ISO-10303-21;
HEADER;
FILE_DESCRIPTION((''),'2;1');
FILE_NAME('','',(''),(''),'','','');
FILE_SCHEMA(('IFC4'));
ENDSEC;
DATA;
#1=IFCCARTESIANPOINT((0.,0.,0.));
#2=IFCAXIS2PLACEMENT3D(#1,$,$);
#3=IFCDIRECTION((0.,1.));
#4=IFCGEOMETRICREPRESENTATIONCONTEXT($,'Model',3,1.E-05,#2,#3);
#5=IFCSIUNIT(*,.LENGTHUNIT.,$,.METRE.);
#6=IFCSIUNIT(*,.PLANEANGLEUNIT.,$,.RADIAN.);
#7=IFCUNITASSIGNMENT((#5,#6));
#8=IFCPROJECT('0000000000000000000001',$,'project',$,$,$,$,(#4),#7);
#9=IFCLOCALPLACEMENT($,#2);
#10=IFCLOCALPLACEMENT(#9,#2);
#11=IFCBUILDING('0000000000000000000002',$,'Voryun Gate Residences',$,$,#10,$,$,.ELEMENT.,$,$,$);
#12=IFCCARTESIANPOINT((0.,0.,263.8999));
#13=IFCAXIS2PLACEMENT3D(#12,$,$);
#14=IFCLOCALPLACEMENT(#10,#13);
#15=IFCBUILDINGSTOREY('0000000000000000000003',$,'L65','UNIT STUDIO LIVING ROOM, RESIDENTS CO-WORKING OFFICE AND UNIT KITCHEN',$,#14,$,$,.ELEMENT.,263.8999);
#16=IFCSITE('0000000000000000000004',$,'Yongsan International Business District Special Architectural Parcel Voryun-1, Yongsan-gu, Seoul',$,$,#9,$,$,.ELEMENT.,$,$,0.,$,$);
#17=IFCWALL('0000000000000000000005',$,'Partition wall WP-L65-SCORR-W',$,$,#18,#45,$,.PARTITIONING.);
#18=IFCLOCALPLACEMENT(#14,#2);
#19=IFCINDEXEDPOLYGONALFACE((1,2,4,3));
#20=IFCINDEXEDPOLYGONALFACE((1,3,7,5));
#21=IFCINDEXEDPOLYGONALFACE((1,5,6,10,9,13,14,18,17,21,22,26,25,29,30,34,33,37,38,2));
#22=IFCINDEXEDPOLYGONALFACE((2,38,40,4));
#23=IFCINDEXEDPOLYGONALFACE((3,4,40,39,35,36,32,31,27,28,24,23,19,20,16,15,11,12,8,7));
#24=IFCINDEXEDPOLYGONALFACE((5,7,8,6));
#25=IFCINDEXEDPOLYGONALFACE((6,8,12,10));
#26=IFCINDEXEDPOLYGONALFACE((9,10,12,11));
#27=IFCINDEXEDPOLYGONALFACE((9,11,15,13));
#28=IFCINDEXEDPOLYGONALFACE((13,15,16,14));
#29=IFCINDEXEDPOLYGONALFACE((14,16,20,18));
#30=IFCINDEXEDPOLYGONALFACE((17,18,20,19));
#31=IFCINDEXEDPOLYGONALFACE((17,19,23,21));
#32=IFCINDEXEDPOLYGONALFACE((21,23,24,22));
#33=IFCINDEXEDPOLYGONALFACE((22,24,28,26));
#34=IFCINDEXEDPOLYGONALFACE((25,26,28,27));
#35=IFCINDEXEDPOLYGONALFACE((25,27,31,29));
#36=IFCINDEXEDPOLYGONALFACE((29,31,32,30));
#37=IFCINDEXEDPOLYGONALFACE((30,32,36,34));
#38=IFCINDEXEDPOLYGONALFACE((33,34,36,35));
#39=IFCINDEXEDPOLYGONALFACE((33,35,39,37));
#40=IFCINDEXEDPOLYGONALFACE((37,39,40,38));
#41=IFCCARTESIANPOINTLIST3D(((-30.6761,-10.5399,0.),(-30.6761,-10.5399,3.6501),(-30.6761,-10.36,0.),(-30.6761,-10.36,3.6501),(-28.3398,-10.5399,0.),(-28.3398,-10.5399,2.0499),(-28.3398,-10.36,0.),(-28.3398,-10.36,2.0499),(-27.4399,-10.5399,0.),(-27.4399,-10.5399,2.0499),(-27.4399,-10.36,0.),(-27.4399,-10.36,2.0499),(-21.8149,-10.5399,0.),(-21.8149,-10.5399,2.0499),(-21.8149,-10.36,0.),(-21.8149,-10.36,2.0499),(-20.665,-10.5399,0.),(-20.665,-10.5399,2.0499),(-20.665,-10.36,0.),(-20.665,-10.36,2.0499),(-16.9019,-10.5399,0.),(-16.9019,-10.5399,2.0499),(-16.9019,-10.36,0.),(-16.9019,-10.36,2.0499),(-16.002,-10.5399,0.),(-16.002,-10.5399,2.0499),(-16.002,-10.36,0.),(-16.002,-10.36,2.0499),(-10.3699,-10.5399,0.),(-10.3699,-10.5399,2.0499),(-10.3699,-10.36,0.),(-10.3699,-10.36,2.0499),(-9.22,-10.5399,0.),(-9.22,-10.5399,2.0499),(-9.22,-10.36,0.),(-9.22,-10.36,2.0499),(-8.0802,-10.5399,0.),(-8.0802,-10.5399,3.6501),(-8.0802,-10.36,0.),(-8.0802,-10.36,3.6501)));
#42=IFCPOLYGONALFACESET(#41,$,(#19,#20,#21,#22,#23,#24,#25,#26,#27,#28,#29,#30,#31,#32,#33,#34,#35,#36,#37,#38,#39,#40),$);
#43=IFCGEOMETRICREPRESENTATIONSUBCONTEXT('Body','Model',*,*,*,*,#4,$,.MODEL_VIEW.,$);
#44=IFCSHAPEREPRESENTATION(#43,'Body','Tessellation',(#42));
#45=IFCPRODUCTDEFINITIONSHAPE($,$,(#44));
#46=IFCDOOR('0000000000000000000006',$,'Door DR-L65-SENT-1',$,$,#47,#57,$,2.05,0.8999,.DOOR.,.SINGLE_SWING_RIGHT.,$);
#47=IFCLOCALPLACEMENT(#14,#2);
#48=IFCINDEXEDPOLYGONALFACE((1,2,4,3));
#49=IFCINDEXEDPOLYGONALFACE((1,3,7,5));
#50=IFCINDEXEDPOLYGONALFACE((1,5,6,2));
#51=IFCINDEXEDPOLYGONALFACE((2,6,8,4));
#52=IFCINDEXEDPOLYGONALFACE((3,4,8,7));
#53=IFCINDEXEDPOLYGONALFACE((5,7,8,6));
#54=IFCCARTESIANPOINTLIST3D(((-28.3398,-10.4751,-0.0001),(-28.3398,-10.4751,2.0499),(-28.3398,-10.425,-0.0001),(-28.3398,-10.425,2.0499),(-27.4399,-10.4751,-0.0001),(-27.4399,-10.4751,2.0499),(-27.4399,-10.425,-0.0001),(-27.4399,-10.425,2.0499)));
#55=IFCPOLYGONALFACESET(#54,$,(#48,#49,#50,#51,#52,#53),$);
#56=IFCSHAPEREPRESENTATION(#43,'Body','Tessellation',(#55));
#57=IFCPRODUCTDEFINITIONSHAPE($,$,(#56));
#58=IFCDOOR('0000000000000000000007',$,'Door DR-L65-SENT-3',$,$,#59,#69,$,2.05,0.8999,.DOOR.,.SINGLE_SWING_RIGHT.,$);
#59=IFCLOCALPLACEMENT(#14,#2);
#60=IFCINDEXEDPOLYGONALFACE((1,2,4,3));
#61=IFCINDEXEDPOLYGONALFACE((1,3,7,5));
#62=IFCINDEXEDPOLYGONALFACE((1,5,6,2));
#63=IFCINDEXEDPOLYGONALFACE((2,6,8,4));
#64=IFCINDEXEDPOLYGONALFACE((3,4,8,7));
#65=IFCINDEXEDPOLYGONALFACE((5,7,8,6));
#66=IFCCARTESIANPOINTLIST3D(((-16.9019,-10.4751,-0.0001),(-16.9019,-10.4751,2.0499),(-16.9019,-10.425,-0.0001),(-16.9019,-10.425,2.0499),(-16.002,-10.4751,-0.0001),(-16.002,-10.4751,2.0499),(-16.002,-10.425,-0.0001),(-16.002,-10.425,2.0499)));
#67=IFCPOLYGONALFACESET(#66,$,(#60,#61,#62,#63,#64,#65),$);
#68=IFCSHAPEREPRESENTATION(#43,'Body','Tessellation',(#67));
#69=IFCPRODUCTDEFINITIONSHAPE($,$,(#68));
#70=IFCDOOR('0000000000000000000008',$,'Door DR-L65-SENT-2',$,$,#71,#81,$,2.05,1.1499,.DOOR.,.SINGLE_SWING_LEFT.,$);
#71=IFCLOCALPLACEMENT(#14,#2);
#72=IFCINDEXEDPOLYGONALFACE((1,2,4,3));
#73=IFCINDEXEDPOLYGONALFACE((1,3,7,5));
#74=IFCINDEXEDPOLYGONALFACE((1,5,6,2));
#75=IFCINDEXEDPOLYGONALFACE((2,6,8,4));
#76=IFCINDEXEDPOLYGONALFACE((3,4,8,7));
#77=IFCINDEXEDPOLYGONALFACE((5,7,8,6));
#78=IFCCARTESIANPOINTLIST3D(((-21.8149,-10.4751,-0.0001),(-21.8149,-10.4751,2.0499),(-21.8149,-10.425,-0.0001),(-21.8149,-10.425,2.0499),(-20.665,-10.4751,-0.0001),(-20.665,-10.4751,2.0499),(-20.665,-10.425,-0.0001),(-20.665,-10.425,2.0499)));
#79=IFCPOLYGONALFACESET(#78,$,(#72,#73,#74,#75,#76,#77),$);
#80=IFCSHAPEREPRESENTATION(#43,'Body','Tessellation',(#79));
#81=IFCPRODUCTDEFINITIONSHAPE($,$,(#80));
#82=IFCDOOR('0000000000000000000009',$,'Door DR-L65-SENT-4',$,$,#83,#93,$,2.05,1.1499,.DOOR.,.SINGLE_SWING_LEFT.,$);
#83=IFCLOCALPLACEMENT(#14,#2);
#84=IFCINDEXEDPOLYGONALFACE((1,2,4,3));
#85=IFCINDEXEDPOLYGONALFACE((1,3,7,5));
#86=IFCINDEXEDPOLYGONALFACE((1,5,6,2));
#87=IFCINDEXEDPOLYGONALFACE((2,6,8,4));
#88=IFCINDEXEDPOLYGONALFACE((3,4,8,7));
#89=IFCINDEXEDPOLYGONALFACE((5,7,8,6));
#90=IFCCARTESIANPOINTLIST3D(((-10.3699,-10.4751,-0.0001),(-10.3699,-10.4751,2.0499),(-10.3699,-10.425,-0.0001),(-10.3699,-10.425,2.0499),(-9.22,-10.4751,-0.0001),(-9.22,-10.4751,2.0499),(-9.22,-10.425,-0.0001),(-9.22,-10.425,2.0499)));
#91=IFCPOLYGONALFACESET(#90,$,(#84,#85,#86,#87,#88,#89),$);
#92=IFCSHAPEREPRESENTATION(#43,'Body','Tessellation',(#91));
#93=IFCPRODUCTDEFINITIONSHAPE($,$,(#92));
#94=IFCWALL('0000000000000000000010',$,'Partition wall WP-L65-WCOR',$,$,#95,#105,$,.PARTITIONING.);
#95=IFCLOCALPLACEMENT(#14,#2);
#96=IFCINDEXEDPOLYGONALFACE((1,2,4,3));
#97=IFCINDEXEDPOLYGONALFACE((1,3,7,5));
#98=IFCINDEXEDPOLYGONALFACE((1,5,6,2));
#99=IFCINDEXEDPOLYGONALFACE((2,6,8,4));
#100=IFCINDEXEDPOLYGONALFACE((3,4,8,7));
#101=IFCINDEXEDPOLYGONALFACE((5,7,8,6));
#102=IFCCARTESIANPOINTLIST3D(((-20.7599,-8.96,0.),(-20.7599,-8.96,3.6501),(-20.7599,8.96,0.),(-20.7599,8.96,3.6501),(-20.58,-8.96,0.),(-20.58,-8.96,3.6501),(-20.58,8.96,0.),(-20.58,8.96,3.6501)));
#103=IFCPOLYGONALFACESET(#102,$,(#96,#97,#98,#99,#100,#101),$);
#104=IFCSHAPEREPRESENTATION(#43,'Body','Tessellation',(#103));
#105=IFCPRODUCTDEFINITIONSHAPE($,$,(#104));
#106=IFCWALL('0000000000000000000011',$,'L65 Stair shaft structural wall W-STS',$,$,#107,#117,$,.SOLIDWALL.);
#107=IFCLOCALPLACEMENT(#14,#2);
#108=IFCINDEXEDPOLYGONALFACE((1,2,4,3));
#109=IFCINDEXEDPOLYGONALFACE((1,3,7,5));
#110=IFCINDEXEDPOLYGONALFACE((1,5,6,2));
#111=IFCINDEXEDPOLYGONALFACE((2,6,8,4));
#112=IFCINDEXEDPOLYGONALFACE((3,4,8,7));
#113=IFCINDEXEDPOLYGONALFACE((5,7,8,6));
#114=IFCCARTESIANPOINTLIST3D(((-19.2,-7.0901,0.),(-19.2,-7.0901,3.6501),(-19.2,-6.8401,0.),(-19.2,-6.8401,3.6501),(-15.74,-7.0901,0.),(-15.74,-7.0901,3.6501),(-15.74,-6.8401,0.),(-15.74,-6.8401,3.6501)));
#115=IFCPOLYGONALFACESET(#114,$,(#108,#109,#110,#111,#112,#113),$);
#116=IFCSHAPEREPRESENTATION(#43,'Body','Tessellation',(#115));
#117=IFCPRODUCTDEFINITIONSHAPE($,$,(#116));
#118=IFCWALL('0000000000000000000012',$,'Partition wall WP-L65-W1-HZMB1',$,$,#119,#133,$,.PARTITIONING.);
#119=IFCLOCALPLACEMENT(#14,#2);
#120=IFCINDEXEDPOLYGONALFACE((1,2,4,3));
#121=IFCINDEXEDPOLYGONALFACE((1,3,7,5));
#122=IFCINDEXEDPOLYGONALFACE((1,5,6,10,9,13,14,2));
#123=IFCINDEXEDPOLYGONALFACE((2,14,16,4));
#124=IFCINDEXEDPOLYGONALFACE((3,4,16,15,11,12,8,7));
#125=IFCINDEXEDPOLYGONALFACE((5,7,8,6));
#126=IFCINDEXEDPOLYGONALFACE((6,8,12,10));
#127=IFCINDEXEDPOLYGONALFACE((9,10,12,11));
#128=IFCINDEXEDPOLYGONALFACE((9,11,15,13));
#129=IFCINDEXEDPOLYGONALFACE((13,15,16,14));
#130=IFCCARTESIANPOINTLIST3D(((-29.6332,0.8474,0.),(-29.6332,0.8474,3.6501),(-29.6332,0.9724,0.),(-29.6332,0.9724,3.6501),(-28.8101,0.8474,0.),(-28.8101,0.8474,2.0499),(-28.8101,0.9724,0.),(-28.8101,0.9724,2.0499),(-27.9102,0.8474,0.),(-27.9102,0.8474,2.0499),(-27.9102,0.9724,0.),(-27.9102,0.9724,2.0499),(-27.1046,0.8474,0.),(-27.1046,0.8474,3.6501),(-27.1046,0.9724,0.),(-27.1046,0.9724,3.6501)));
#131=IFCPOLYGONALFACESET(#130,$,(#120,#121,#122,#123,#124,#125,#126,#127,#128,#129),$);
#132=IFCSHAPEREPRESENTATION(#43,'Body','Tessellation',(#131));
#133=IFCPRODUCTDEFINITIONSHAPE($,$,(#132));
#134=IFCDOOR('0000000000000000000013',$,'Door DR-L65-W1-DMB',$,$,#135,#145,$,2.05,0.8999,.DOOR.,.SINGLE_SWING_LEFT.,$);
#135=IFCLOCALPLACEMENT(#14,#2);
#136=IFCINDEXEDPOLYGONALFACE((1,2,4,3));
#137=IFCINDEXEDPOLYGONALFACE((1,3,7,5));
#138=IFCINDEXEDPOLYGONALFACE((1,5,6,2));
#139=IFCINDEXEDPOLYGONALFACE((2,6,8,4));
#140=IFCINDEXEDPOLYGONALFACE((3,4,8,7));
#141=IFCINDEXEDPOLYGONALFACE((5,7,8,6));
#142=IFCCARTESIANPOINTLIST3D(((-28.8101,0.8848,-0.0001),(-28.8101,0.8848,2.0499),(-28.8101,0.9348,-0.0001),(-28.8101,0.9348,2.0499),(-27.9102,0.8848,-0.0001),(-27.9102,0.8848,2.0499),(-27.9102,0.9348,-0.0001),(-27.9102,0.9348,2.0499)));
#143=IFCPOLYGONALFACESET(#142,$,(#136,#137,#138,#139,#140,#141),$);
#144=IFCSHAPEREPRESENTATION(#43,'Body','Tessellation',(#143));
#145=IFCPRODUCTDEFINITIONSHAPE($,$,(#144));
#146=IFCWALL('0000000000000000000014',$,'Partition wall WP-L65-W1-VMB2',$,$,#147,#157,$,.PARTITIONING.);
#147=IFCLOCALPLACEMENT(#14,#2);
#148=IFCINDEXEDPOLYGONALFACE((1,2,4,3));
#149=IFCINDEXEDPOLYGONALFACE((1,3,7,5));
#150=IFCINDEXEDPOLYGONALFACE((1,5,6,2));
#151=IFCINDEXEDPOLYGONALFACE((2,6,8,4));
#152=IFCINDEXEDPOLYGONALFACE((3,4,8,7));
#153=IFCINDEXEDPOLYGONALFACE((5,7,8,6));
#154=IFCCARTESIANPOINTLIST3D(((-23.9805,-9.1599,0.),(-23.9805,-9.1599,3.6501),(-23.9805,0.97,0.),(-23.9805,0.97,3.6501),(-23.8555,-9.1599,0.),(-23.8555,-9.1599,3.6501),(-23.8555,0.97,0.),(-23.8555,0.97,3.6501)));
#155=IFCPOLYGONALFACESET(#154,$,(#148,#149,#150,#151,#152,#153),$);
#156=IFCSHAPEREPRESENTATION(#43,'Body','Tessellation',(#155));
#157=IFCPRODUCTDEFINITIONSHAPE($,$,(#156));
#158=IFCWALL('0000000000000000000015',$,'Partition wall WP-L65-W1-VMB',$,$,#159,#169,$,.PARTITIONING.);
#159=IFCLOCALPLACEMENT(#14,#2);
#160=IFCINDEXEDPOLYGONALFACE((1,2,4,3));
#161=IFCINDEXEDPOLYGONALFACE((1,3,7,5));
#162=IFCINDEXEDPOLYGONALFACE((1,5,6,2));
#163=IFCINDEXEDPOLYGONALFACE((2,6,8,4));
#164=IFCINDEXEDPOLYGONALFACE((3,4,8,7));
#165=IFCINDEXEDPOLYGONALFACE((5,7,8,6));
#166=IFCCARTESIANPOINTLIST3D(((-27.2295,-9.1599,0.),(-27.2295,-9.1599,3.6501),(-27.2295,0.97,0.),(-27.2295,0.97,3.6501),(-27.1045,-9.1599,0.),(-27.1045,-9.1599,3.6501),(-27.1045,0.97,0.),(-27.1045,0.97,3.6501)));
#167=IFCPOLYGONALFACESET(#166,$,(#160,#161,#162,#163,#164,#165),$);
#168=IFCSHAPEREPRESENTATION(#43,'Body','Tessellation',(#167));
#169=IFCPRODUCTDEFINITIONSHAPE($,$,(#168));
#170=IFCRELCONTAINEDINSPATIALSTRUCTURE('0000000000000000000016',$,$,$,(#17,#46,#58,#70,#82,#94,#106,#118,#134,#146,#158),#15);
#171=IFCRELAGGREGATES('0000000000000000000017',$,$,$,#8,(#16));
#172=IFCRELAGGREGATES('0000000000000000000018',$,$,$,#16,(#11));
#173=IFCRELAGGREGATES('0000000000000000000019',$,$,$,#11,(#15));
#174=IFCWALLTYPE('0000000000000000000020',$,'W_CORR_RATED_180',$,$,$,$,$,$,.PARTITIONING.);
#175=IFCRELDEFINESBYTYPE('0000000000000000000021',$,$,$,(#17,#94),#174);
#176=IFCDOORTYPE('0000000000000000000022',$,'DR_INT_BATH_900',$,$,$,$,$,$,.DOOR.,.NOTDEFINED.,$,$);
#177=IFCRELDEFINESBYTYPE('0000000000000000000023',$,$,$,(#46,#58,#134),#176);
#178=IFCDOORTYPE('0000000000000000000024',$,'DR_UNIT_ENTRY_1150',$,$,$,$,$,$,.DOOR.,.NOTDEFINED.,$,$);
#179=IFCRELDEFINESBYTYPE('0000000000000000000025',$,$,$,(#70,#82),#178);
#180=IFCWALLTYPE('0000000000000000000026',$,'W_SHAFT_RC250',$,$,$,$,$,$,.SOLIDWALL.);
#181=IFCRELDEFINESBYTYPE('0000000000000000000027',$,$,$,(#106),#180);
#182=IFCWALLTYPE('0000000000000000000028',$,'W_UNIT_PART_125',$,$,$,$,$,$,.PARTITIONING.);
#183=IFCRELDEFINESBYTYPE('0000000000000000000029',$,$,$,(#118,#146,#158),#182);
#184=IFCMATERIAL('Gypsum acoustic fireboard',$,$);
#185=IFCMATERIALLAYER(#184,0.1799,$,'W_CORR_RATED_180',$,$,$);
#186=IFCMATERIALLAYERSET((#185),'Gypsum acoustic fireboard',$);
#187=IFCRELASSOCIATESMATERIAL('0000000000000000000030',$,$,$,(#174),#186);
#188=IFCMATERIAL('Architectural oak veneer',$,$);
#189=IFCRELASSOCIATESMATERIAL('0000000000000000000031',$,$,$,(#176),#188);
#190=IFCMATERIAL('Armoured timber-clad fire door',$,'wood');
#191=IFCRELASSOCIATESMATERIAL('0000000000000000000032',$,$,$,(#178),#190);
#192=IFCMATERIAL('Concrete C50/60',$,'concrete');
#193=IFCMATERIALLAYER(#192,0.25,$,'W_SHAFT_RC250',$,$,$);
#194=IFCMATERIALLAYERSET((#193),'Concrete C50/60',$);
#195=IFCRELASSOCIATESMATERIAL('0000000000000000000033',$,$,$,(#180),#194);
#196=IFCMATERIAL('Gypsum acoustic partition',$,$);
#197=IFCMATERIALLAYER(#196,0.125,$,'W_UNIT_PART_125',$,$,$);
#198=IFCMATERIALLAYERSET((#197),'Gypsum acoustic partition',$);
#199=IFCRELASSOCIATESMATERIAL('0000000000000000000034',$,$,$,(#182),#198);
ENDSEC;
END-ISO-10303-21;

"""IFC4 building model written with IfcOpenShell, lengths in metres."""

from ifc_helpers import new_model, si_unit, direction, frame, frame_2d, origin, place, context, subcontext, project, spatial, rectangle, extrude, material, layer, layer_set, type_object, element, fill, save


model = new_model("IFC4")

# Units and contexts
model_context = context("Model", 3, precision=1e-05, world=origin(), true_north=direction((0.0, 1.0)))
body_context = subcontext(model_context, "Body", "Model", "MODEL_VIEW")
ifc_project = project(units=[si_unit("LENGTHUNIT", "METRE"), si_unit("PLANEANGLEUNIT", "RADIAN")], contexts=[model_context])

# Site, building, storey
site_placement = place(None, origin())
site = spatial("IfcSite", under=ifc_project, at=site_placement, Name="Yongsan International Business District Special Architectural Parcel Voryun-1, Yongsan-gu, Seoul", CompositionType="ELEMENT", RefElevation=0.0)
building_placement = place(site_placement, origin())
building = spatial("IfcBuilding", under=site, at=building_placement, Name="Voryun Gate Residences", CompositionType="ELEMENT")
storey_placement = place(building_placement, frame((0.0, 0.0, 263.8999)))
storey = spatial("IfcBuildingStorey", under=building, at=storey_placement, Name="L65", Description="UNIT STUDIO LIVING ROOM, RESIDENTS CO-WORKING OFFICE AND UNIT KITCHEN", CompositionType="ELEMENT", Elevation=263.8999)

# Shared definitions
ifc_material_1 = material(Name="Gypsum acoustic fireboard")
ifc_layer_1 = layer(ifc_material_1, 0.1799, Name="W_CORR_RATED_180")
ifc_layer_set_1 = layer_set([ifc_layer_1], Name="Gypsum acoustic fireboard")
wall_type_1 = type_object("IfcWallType", Name="W_CORR_RATED_180", PredefinedType="PARTITIONING", material=ifc_layer_set_1)

# Wall, openings, doors
wall_1_placement = place(storey_placement, frame((-30.676, -10.45, 0.0), z_axis=(0.0, 0.0, 1.0), x_axis=(1.0, 0.0, 0.0)))
wall_1 = element("IfcWall", 1, at=wall_1_placement, inside=storey, type_object=wall_type_1, Name="Partition wall WP-L65-SCORR-W", PredefinedType="PARTITIONING", context=body_context, shape_type="SweptSolid", body=[
    extrude(rectangle(XDim=22.5959, YDim=0.1799, at=frame_2d((11.2979, 0.0))), origin(), (0.0, 0.0, 1.0), 3.6501),
])
opening_1_placement = place(wall_1_placement, frame((2.3362, 0.0, 0.0)))
opening_1 = element("IfcOpeningElement", 2, at=opening_1_placement, cuts=wall_1, PredefinedType="OPENING", context=body_context, shape_type="SweptSolid", body=[
    extrude(rectangle(XDim=0.8999, YDim=2.05, at=frame_2d((0.45, 1.0249))), frame((0.0, 0.0999, 0.0), z_axis=(0.0, -1.0, 0.0), x_axis=(1.0, 0.0, 0.0)), (0.0, 0.0, 1.0), 0.2),
])
opening_2_placement = place(wall_1_placement, frame((8.8611, 0.0, 0.0)))
opening_2 = element("IfcOpeningElement", 3, at=opening_2_placement, cuts=wall_1, PredefinedType="OPENING", context=body_context, shape_type="SweptSolid", body=[
    extrude(rectangle(XDim=1.1499, YDim=2.05, at=frame_2d((0.575, 1.0249))), frame((0.0, 0.0999, 0.0), z_axis=(0.0, -1.0, 0.0), x_axis=(1.0, 0.0, 0.0)), (0.0, 0.0, 1.0), 0.2),
])
opening_3_placement = place(wall_1_placement, frame((13.7742, 0.0, 0.0)))
opening_3 = element("IfcOpeningElement", 4, at=opening_3_placement, cuts=wall_1, PredefinedType="OPENING", context=body_context, shape_type="SweptSolid", body=[
    extrude(rectangle(XDim=0.8999, YDim=2.05, at=frame_2d((0.45, 1.0249))), frame((0.0, 0.0999, 0.0), z_axis=(0.0, -1.0, 0.0), x_axis=(1.0, 0.0, 0.0)), (0.0, 0.0, 1.0), 0.2),
])
opening_4_placement = place(wall_1_placement, frame((20.3062, 0.0, 0.0)))
opening_4 = element("IfcOpeningElement", 5, at=opening_4_placement, cuts=wall_1, PredefinedType="OPENING", context=body_context, shape_type="SweptSolid", body=[
    extrude(rectangle(XDim=1.1499, YDim=2.05, at=frame_2d((0.575, 1.0249))), frame((0.0, 0.0999, 0.0), z_axis=(0.0, -1.0, 0.0), x_axis=(1.0, 0.0, 0.0)), (0.0, 0.0, 1.0), 0.2),
])
ifc_material_2 = material(Name="Architectural oak veneer")
door_type_1 = type_object("IfcDoorType", Name="DR_INT_BATH_900", OperationType="NOTDEFINED", PredefinedType="DOOR", material=ifc_material_2)
door_1_placement = place(opening_1_placement, origin())
door_1 = element("IfcDoor", 6, at=door_1_placement, inside=storey, type_object=door_type_1, Name="Door DR-L65-SENT-1", OperationType="SINGLE_SWING_RIGHT", OverallHeight=2.05, OverallWidth=0.8999, PredefinedType="DOOR", context=body_context, shape_type="SweptSolid", body=[
    extrude(rectangle(XDim=0.8999, YDim=2.05, at=frame_2d((0.45, 1.0249))), frame((0.0, 0.0249, 0.0), z_axis=(0.0, -1.0, 0.0), x_axis=(1.0, 0.0, 0.0)), (0.0, 0.0, 1.0), 0.05),
])
fill(opening_1, door_1)
door_2_placement = place(opening_3_placement, origin())
door_2 = element("IfcDoor", 7, at=door_2_placement, inside=storey, type_object=door_type_1, Name="Door DR-L65-SENT-3", OperationType="SINGLE_SWING_RIGHT", OverallHeight=2.05, OverallWidth=0.8999, PredefinedType="DOOR", context=body_context, shape_type="SweptSolid", body=[
    extrude(rectangle(XDim=0.8999, YDim=2.05, at=frame_2d((0.45, 1.0249))), frame((0.0, 0.0249, 0.0), z_axis=(0.0, -1.0, 0.0), x_axis=(1.0, 0.0, 0.0)), (0.0, 0.0, 1.0), 0.05),
])
fill(opening_3, door_2)
ifc_material_3 = material(Name="Armoured timber-clad fire door", Category="wood")
door_type_2 = type_object("IfcDoorType", Name="DR_UNIT_ENTRY_1150", OperationType="NOTDEFINED", PredefinedType="DOOR", material=ifc_material_3)
door_3_placement = place(opening_2_placement, origin())
door_3 = element("IfcDoor", 8, at=door_3_placement, inside=storey, type_object=door_type_2, Name="Door DR-L65-SENT-2", OperationType="SINGLE_SWING_LEFT", OverallHeight=2.05, OverallWidth=1.1499, PredefinedType="DOOR", context=body_context, shape_type="SweptSolid", body=[
    extrude(rectangle(XDim=1.1499, YDim=2.05, at=frame_2d((0.575, 1.0249))), frame((0.0, 0.0249, 0.0), z_axis=(0.0, -1.0, 0.0), x_axis=(1.0, 0.0, 0.0)), (0.0, 0.0, 1.0), 0.05),
])
fill(opening_2, door_3)
door_4_placement = place(opening_4_placement, origin())
door_4 = element("IfcDoor", 9, at=door_4_placement, inside=storey, type_object=door_type_2, Name="Door DR-L65-SENT-4", OperationType="SINGLE_SWING_LEFT", OverallHeight=2.05, OverallWidth=1.1499, PredefinedType="DOOR", context=body_context, shape_type="SweptSolid", body=[
    extrude(rectangle(XDim=1.1499, YDim=2.05, at=frame_2d((0.575, 1.0249))), frame((0.0, 0.0249, 0.0), z_axis=(0.0, -1.0, 0.0), x_axis=(1.0, 0.0, 0.0)), (0.0, 0.0, 1.0), 0.05),
])
fill(opening_4, door_4)

# Walls
wall_2_placement = place(storey_placement, frame((-20.6699, -8.96, 0.0), z_axis=(0.0, 0.0, 1.0), x_axis=(0.0, 1.0, 0.0)))
element("IfcWall", 10, at=wall_2_placement, inside=storey, type_object=wall_type_1, Name="Partition wall WP-L65-WCOR", PredefinedType="PARTITIONING", context=body_context, shape_type="SweptSolid", body=[
    extrude(rectangle(XDim=17.9199, YDim=0.1799, at=frame_2d((8.96, 0.0))), origin(), (0.0, 0.0, 1.0), 3.6501),
])
ifc_material_4 = material(Name="Concrete C50/60", Category="concrete")
ifc_layer_2 = layer(ifc_material_4, 0.25, Name="W_SHAFT_RC250")
ifc_layer_set_2 = layer_set([ifc_layer_2], Name="Concrete C50/60")
wall_type_2 = type_object("IfcWallType", Name="W_SHAFT_RC250", PredefinedType="SOLIDWALL", material=ifc_layer_set_2)
wall_3_placement = place(storey_placement, frame((-19.2, -6.9651, 0.0), z_axis=(0.0, 0.0, 1.0), x_axis=(1.0, 0.0, 0.0)))
element("IfcWall", 11, at=wall_3_placement, inside=storey, type_object=wall_type_2, Name="L65 Stair shaft structural wall W-STS", PredefinedType="SOLIDWALL", context=body_context, shape_type="SweptSolid", body=[
    extrude(rectangle(XDim=3.46, YDim=0.25, at=frame_2d((1.73, 0.0))), origin(), (0.0, 0.0, 1.0), 3.6501),
])

# Wall, opening, door
ifc_material_5 = material(Name="Gypsum acoustic partition")
ifc_layer_3 = layer(ifc_material_5, 0.125, Name="W_UNIT_PART_125")
ifc_layer_set_3 = layer_set([ifc_layer_3], Name="Gypsum acoustic partition")
wall_type_3 = type_object("IfcWallType", Name="W_UNIT_PART_125", PredefinedType="PARTITIONING", material=ifc_layer_set_3)
wall_4_placement = place(storey_placement, frame((-29.6331, 0.9099, 0.0), z_axis=(0.0, 0.0, 1.0), x_axis=(1.0, 0.0, 0.0)))
wall_4 = element("IfcWall", 12, at=wall_4_placement, inside=storey, type_object=wall_type_3, Name="Partition wall WP-L65-W1-HZMB1", PredefinedType="PARTITIONING", context=body_context, shape_type="SweptSolid", body=[
    extrude(rectangle(XDim=2.5286, YDim=0.125, at=frame_2d((1.2642, 0.0))), origin(), (0.0, 0.0, 1.0), 3.6501),
])
opening_5_placement = place(wall_4_placement, frame((0.823, 0.0, 0.0)))
opening_5 = element("IfcOpeningElement", 13, at=opening_5_placement, cuts=wall_4, PredefinedType="OPENING", context=body_context, shape_type="SweptSolid", body=[
    extrude(rectangle(XDim=0.8999, YDim=2.05, at=frame_2d((0.45, 1.0249))), frame((0.0, 0.0725, 0.0), z_axis=(0.0, -1.0, 0.0), x_axis=(1.0, 0.0, 0.0)), (0.0, 0.0, 1.0), 0.145),
])
door_5_placement = place(opening_5_placement, origin())
door_5 = element("IfcDoor", 14, at=door_5_placement, inside=storey, type_object=door_type_1, Name="Door DR-L65-W1-DMB", OperationType="SINGLE_SWING_LEFT", OverallHeight=2.05, OverallWidth=0.8999, PredefinedType="DOOR", context=body_context, shape_type="SweptSolid", body=[
    extrude(rectangle(XDim=0.8999, YDim=2.05, at=frame_2d((0.45, 1.0249))), frame((0.0, 0.0249, 0.0), z_axis=(0.0, -1.0, 0.0), x_axis=(1.0, 0.0, 0.0)), (0.0, 0.0, 1.0), 0.05),
])
fill(opening_5, door_5)

# Walls
for number, where, z_axis, x_axis, name in (
    (15, (-23.918, -9.1599, 0.0), (0.0, 0.0, 1.0), (0.0, 1.0, 0.0), "Partition wall WP-L65-W1-VMB2"),
    (16, (-27.167, -9.1599, 0.0), (0.0, 0.0, 1.0), (0.0, 1.0, 0.0), "Partition wall WP-L65-W1-VMB"),
):
    element("IfcWall", number, at=place(storey_placement, frame(where, z_axis=z_axis, x_axis=x_axis)), inside=storey, type_object=wall_type_3, Name=name, PredefinedType="PARTITIONING", context=body_context, shape_type="SweptSolid", body=[
        extrude(rectangle(XDim=10.1299, YDim=0.125, at=frame_2d((5.0649, 0.0))), origin(), (0.0, 0.0, 1.0), 3.6501),
    ])

save(model, "model.ifc")
